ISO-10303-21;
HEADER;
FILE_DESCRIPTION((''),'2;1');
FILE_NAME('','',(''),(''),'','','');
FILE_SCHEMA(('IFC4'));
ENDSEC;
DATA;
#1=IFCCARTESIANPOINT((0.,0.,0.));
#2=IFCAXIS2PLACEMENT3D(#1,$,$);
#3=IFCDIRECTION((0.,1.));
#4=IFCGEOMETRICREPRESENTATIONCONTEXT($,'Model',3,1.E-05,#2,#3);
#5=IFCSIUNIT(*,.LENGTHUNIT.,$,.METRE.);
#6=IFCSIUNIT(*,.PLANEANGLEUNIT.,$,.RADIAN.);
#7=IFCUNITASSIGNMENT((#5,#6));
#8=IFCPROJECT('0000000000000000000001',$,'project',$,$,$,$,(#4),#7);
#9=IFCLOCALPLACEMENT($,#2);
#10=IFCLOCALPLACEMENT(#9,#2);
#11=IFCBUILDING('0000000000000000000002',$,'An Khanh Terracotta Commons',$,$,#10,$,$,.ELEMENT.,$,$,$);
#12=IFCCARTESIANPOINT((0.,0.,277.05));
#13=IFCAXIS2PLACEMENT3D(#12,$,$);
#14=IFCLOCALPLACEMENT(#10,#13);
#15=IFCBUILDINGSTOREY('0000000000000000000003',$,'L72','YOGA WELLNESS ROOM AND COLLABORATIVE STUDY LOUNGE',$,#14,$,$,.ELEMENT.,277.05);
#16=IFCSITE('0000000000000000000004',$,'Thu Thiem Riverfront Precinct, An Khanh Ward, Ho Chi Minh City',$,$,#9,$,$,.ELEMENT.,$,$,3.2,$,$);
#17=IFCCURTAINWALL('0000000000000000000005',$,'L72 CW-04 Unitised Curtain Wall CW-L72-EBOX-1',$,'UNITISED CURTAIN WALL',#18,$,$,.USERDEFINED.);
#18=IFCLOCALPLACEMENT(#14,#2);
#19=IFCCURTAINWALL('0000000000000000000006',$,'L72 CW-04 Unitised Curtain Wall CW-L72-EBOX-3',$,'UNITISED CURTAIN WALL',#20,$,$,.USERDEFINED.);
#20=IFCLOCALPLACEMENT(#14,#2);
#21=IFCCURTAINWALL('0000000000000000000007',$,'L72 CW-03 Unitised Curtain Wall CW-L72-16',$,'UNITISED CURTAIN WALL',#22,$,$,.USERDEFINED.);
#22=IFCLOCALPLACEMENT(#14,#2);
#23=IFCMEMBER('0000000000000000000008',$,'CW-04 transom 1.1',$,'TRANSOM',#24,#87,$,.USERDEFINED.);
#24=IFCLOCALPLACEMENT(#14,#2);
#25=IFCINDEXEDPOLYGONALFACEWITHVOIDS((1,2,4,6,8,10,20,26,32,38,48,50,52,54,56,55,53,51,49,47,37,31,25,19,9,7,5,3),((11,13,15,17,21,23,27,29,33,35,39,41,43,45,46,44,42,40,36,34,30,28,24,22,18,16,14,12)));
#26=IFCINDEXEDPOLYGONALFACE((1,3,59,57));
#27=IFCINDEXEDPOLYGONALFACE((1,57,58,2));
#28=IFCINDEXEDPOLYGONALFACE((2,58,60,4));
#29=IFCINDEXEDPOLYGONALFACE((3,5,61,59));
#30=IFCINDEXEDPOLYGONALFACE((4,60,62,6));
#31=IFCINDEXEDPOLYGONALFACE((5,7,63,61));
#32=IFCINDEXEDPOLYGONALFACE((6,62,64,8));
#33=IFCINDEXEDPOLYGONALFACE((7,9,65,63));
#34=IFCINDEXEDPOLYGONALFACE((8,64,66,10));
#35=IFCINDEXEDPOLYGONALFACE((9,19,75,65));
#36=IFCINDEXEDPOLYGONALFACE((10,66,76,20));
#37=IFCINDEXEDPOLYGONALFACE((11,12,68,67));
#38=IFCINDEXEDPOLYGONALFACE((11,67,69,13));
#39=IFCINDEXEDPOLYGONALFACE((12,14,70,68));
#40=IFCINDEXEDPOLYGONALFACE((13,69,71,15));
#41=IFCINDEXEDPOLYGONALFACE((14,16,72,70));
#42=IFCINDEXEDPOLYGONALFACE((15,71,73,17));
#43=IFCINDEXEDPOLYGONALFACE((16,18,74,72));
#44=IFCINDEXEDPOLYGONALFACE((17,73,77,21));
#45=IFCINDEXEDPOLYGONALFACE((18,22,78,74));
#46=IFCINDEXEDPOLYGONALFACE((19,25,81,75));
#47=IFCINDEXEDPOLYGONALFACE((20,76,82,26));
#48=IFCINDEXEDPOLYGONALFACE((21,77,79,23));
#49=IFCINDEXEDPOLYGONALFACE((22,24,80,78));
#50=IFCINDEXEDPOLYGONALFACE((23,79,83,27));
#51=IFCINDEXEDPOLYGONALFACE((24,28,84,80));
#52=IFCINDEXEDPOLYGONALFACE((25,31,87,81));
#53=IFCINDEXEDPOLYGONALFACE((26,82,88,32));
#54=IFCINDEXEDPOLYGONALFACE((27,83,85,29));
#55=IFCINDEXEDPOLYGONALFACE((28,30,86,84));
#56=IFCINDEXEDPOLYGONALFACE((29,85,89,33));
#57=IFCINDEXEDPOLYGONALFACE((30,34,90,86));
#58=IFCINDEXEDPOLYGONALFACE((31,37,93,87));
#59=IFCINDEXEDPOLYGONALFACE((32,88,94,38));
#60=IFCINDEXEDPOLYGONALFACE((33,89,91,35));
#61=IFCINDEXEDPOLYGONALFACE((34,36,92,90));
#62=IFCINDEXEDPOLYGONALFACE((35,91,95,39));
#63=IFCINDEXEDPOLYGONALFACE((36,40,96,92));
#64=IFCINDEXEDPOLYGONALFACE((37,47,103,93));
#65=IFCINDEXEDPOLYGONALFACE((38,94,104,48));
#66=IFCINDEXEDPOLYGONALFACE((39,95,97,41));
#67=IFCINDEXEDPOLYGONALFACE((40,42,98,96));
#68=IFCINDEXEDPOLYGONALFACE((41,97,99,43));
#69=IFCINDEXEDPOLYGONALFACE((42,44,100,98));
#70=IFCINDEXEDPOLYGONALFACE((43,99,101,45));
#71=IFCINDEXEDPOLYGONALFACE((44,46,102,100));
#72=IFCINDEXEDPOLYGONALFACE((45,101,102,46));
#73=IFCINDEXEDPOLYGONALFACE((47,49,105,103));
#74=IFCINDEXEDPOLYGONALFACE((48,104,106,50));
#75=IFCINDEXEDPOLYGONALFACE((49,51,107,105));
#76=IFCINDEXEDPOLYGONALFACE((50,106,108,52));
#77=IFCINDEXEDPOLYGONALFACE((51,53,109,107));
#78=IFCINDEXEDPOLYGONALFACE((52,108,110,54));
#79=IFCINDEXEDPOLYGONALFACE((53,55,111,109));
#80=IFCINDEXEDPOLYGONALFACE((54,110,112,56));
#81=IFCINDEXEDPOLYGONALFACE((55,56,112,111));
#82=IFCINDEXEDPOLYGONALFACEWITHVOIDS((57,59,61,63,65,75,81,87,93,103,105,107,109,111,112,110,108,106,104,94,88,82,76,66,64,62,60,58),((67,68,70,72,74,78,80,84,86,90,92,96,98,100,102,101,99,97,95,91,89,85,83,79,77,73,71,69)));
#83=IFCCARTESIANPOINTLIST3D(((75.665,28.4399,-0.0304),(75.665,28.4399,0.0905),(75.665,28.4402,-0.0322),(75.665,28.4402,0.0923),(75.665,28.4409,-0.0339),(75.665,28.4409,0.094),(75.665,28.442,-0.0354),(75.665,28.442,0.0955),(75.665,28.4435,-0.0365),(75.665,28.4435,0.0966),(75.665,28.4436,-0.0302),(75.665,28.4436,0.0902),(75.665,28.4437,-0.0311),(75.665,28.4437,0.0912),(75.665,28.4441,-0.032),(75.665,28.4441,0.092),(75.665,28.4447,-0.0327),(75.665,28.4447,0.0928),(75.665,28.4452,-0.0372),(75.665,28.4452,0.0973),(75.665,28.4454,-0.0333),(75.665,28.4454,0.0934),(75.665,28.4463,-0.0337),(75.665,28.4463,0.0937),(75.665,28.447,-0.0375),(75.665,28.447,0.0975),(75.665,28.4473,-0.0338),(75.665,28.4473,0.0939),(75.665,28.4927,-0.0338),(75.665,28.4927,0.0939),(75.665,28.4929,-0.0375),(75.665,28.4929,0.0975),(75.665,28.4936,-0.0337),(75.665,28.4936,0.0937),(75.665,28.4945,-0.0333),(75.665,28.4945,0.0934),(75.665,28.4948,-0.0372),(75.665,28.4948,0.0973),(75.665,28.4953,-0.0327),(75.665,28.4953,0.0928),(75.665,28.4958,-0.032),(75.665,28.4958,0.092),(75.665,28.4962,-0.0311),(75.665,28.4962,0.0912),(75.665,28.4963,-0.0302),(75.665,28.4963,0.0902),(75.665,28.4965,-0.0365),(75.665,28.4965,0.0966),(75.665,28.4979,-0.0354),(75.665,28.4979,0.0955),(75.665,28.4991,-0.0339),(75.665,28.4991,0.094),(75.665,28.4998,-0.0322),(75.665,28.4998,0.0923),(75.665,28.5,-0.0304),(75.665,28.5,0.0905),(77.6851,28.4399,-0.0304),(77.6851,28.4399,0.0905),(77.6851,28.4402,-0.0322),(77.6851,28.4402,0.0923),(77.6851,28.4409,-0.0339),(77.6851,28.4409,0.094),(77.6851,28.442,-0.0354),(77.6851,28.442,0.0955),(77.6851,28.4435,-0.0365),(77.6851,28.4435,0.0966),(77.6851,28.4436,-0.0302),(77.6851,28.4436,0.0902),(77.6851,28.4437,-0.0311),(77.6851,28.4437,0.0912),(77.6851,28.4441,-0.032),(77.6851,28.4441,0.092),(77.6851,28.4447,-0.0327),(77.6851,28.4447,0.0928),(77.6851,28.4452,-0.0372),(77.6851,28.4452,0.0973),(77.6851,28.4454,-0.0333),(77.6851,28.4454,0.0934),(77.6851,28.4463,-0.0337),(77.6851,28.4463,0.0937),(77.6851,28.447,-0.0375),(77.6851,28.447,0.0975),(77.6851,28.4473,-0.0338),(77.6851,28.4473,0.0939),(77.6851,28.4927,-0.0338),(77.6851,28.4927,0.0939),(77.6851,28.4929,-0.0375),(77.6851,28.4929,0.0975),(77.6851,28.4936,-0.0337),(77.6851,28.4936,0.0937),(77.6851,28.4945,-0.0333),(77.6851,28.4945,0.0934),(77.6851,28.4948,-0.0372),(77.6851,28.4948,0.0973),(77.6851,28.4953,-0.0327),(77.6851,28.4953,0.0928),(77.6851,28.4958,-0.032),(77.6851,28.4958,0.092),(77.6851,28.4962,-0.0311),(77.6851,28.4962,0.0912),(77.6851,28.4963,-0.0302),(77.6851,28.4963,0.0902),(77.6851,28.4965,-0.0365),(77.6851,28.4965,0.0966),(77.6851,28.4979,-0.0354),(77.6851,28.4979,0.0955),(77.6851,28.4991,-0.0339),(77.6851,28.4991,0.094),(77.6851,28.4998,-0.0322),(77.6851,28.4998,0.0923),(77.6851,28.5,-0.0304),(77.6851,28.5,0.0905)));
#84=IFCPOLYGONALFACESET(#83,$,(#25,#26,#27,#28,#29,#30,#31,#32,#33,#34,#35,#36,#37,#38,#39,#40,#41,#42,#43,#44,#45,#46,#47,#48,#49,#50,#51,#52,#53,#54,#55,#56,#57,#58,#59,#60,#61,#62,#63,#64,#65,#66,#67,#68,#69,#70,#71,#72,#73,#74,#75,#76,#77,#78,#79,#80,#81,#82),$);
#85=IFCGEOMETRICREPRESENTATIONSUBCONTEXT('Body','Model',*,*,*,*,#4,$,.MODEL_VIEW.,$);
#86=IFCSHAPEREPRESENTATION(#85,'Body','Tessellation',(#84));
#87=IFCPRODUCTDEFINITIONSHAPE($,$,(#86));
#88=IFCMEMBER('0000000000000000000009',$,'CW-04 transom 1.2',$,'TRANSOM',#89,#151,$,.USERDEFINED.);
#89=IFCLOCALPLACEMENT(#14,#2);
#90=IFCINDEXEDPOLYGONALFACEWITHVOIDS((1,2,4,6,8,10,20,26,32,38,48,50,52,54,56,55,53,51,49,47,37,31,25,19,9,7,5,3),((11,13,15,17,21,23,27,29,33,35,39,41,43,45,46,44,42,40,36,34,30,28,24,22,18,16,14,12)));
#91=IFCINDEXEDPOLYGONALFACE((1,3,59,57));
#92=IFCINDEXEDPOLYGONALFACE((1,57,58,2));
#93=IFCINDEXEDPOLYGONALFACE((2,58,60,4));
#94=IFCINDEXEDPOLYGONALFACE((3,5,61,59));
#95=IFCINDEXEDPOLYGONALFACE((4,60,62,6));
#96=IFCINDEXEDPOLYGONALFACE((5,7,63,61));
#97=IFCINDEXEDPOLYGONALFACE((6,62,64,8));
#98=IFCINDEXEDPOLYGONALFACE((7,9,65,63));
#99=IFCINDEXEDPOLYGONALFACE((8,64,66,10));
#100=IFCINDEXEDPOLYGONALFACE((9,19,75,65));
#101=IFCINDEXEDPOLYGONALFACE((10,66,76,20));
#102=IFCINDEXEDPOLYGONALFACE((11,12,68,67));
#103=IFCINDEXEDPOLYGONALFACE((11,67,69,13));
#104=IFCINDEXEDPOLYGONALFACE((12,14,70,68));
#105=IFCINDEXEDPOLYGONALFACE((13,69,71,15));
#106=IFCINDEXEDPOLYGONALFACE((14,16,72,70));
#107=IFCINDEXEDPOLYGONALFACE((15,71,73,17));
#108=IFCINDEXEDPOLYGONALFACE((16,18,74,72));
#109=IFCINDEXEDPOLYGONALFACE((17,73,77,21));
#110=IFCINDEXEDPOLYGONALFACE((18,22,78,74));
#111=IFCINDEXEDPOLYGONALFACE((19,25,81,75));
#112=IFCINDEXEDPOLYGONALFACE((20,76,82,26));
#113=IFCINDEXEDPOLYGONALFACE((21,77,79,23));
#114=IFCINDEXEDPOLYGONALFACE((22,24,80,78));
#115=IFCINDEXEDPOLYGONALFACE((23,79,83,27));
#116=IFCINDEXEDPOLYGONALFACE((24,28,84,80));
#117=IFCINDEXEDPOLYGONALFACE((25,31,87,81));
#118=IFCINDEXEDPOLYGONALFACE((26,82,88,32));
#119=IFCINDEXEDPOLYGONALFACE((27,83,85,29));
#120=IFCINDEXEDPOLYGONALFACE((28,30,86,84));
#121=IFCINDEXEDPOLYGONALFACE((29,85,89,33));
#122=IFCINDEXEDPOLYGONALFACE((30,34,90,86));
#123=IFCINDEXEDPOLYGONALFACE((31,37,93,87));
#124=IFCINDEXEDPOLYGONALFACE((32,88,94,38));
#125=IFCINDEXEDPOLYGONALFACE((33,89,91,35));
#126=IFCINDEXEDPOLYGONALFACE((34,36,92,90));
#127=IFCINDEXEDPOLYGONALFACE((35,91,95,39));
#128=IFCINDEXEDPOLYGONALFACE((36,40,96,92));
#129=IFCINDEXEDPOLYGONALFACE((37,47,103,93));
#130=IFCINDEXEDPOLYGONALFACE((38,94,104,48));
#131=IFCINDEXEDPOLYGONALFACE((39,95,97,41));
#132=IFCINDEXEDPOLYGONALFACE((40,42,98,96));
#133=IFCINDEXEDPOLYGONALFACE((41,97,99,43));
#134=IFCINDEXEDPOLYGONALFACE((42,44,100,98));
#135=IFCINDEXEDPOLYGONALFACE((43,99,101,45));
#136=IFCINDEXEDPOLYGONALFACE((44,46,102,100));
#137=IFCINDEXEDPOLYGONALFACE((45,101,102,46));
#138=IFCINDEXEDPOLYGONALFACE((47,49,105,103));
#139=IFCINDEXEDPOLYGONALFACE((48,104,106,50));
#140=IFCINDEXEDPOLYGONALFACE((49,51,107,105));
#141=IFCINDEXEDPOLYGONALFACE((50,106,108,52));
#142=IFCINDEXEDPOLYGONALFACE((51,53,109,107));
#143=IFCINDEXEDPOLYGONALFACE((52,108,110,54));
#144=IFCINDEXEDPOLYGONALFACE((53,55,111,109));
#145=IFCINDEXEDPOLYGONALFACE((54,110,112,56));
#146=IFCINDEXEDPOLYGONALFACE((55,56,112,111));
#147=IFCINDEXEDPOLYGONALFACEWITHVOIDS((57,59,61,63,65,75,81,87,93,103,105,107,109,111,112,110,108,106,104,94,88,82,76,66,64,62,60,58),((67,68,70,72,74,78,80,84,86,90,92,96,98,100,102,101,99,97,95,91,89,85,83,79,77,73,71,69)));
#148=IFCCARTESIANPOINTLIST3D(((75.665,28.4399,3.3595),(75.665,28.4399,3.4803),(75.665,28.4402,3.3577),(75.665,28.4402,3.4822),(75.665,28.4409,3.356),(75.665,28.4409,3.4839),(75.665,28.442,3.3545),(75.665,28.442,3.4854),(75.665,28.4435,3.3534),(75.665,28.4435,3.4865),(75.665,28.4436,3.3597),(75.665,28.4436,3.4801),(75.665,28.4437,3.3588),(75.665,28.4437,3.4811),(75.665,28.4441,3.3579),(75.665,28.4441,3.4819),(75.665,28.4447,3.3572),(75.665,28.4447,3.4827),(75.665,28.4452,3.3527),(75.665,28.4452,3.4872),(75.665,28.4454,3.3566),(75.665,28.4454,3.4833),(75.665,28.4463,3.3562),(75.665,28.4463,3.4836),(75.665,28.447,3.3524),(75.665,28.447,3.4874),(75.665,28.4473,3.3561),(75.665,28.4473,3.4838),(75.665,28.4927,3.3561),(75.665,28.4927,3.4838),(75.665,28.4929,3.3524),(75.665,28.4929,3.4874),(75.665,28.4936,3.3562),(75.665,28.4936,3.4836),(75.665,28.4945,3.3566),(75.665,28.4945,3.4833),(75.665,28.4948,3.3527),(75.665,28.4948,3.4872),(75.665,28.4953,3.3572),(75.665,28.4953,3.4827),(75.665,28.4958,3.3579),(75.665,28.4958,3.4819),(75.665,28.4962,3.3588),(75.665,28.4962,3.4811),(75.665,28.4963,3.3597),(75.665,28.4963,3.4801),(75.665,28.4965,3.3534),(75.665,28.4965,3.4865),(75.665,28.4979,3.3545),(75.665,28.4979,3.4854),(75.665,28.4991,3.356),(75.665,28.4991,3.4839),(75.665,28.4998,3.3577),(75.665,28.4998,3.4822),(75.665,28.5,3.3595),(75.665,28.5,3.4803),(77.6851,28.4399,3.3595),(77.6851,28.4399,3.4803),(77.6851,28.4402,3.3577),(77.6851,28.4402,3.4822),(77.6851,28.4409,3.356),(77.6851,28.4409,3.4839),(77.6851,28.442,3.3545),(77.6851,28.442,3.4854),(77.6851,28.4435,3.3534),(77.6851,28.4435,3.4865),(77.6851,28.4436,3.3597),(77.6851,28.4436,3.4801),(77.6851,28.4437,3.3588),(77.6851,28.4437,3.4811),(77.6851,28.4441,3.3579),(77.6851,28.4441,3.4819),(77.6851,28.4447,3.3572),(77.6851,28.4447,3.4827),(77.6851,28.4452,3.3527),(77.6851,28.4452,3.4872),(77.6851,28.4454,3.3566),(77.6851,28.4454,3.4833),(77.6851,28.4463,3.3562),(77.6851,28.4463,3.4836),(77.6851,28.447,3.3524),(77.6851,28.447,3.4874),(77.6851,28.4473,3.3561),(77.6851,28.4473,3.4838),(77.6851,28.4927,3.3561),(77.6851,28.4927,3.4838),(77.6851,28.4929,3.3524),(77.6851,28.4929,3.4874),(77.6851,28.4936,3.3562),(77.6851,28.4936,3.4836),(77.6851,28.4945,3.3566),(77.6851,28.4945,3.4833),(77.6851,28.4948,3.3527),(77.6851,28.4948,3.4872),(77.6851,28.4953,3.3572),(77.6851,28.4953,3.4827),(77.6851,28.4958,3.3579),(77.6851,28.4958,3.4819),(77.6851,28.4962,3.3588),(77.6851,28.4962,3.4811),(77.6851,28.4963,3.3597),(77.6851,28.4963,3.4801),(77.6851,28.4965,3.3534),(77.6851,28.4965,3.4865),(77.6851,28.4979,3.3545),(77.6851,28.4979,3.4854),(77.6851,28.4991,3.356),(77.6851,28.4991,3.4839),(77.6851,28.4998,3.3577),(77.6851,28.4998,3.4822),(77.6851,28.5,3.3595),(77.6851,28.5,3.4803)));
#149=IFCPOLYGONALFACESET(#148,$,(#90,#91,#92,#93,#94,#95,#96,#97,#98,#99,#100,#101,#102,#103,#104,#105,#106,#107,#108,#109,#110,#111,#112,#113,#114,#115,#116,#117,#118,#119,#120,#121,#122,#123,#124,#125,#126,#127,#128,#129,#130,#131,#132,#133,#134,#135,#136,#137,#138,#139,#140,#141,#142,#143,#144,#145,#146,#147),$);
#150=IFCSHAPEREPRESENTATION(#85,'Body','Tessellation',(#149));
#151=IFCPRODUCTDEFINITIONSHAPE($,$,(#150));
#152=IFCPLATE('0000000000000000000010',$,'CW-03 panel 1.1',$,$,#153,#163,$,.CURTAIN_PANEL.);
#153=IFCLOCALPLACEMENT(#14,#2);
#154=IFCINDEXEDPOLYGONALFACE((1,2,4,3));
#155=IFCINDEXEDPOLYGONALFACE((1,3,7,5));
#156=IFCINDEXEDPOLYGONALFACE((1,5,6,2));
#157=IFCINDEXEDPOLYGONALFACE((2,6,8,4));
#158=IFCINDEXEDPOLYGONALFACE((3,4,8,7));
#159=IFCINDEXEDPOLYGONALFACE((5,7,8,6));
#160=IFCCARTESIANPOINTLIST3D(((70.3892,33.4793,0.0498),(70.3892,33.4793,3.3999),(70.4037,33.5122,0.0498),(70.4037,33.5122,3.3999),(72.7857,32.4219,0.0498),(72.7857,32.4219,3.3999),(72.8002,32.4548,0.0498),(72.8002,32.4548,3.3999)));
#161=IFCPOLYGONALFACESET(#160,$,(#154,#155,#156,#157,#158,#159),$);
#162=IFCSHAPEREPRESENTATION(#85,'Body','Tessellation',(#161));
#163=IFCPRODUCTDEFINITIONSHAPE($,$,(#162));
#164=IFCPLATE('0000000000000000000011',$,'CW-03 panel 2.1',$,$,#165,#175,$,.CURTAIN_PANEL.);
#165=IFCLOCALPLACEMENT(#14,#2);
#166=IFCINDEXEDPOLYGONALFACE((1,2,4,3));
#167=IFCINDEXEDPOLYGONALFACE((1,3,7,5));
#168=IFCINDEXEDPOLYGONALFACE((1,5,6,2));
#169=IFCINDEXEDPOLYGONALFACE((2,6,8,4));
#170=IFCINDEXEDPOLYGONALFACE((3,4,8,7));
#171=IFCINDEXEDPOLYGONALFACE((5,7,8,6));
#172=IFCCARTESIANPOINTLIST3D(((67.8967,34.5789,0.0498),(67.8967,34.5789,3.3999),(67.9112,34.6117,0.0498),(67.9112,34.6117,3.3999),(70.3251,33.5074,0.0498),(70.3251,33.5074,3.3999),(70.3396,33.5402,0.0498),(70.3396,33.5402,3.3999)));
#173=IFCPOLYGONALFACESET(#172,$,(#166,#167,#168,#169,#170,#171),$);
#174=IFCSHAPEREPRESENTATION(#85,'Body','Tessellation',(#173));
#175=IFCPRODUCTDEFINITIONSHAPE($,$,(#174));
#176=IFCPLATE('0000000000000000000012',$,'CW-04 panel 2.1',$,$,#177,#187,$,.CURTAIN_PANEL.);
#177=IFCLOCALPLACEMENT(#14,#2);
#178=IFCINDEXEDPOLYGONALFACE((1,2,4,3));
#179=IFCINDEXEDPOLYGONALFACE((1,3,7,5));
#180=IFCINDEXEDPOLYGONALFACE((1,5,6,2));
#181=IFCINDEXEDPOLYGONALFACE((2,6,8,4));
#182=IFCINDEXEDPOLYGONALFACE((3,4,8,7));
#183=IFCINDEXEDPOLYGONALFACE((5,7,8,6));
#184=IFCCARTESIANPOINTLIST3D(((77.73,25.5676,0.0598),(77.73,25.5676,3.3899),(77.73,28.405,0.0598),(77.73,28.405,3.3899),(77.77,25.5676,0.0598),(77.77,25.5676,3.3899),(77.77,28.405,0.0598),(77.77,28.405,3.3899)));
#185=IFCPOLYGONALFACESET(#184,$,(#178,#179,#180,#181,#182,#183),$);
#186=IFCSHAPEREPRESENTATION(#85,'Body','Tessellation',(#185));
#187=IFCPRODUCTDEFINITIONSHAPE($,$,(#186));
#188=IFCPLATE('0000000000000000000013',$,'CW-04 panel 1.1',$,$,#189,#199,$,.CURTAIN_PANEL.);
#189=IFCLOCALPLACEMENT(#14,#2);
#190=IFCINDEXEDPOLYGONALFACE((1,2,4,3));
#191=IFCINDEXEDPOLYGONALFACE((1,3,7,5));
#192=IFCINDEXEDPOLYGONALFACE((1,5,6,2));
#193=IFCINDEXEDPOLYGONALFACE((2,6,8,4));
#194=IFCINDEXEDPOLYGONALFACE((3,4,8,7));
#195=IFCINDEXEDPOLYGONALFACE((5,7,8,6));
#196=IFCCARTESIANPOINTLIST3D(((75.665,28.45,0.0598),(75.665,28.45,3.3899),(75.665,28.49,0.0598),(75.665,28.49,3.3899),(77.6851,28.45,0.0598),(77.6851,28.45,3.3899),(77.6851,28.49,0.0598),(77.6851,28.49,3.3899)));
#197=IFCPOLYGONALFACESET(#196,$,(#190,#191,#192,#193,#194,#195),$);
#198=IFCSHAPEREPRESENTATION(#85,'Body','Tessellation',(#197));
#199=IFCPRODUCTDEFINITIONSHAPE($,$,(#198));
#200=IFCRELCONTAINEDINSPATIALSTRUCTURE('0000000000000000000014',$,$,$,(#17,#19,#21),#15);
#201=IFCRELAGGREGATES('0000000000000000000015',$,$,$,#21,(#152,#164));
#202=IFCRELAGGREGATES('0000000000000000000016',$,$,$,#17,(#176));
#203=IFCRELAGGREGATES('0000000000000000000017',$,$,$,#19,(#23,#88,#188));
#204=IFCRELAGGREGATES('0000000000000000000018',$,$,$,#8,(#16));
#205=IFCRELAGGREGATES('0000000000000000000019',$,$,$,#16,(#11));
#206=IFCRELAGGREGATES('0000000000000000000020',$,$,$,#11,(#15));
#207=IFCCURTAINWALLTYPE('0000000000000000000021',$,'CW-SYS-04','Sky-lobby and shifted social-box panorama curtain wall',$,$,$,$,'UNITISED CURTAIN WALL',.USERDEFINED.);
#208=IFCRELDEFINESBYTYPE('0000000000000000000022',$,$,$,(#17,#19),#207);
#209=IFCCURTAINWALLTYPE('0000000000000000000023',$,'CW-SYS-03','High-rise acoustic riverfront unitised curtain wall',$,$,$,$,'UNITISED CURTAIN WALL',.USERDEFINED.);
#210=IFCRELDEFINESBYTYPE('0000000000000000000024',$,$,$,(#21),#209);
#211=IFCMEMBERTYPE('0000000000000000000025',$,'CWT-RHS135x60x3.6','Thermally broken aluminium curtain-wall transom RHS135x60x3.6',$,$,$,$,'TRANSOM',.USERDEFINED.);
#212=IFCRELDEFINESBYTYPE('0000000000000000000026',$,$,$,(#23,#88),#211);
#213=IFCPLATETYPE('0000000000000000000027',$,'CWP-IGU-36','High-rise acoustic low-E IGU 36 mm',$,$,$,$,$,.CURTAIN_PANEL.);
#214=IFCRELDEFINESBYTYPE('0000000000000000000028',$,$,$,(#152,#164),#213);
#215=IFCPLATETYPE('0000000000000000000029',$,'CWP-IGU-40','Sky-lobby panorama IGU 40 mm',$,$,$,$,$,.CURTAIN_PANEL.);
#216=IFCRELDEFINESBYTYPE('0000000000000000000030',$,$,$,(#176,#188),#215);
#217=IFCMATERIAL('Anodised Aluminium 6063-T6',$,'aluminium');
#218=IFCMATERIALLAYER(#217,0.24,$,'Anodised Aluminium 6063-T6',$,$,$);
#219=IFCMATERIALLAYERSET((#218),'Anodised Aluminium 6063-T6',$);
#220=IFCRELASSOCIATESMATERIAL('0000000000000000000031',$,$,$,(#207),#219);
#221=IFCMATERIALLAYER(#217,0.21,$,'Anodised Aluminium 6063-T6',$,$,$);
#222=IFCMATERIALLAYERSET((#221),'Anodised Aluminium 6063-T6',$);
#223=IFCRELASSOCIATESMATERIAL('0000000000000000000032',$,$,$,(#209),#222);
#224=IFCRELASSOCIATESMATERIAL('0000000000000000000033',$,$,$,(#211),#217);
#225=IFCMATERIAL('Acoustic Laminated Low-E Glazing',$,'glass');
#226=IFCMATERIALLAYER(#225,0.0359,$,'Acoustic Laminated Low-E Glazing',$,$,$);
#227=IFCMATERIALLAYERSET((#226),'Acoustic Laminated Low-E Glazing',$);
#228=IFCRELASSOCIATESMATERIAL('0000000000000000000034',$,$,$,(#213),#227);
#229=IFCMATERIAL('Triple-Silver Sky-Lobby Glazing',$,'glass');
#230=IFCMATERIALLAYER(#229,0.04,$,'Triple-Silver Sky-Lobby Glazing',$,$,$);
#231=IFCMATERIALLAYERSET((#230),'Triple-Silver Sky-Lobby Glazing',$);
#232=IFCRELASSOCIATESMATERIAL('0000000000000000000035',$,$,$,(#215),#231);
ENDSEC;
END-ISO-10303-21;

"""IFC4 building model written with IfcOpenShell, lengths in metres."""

from ifc_helpers import new_model, si_unit, direction, frame, origin, origin_2d, place, context, subcontext, project, spatial, rectangle, hollow_rectangle, extrude, material, layer, layer_set, material_profile, profile_set, type_object, element, aggregate, save


model = new_model("IFC4")

# Units and contexts
model_context = context("Model", 3, precision=1e-05, world=origin(), true_north=direction((0.0, 1.0)))
body_context = subcontext(model_context, "Body", "Model", "MODEL_VIEW")
ifc_project = project(units=[si_unit("LENGTHUNIT", "METRE"), si_unit("PLANEANGLEUNIT", "RADIAN")], contexts=[model_context])

# Site, building, storey
site_placement = place(None, origin())
site = spatial("IfcSite", under=ifc_project, at=site_placement, Name="Thu Thiem Riverfront Precinct, An Khanh Ward, Ho Chi Minh City", CompositionType="ELEMENT", RefElevation=3.2)
building_placement = place(site_placement, origin())
building = spatial("IfcBuilding", under=site, at=building_placement, Name="An Khanh Terracotta Commons", CompositionType="ELEMENT")
storey_placement = place(building_placement, frame((0.0, 0.0, 277.05)))
storey = spatial("IfcBuildingStorey", under=building, at=storey_placement, Name="L72", Description="YOGA WELLNESS ROOM AND COLLABORATIVE STUDY LOUNGE", CompositionType="ELEMENT", Elevation=277.05)

# Curtain walls
ifc_material_1 = material(Name="Anodised Aluminium 6063-T6", Category="aluminium")
ifc_layer_1 = layer(ifc_material_1, 0.24, Name="Anodised Aluminium 6063-T6")
ifc_layer_set_1 = layer_set([ifc_layer_1], Name="Anodised Aluminium 6063-T6")
curtain_wall_type_1 = type_object("IfcCurtainWallType", Name="CW-SYS-04", Description="Sky-lobby and shifted social-box panorama curtain wall", ElementType="UNITISED CURTAIN WALL", PredefinedType="USERDEFINED", material=ifc_layer_set_1)
curtain_wall_1_placement = place(storey_placement, origin())
curtain_wall_1 = element("IfcCurtainWall", 1, at=curtain_wall_1_placement, inside=storey, type_object=curtain_wall_type_1, Name="L72 CW-04 Unitised Curtain Wall CW-L72-EBOX-1", ObjectType="UNITISED CURTAIN WALL", PredefinedType="USERDEFINED")
curtain_wall_2_placement = place(storey_placement, origin())
curtain_wall_2 = element("IfcCurtainWall", 2, at=curtain_wall_2_placement, inside=storey, type_object=curtain_wall_type_1, Name="L72 CW-04 Unitised Curtain Wall CW-L72-EBOX-3", ObjectType="UNITISED CURTAIN WALL", PredefinedType="USERDEFINED")
ifc_layer_2 = layer(ifc_material_1, 0.21, Name="Anodised Aluminium 6063-T6")
ifc_layer_set_2 = layer_set([ifc_layer_2], Name="Anodised Aluminium 6063-T6")
curtain_wall_type_2 = type_object("IfcCurtainWallType", Name="CW-SYS-03", Description="High-rise acoustic riverfront unitised curtain wall", ElementType="UNITISED CURTAIN WALL", PredefinedType="USERDEFINED", material=ifc_layer_set_2)
curtain_wall_3_placement = place(storey_placement, origin())
curtain_wall_3 = element("IfcCurtainWall", 3, at=curtain_wall_3_placement, inside=storey, type_object=curtain_wall_type_2, Name="L72 CW-03 Unitised Curtain Wall CW-L72-16", ObjectType="UNITISED CURTAIN WALL", PredefinedType="USERDEFINED")

# Members
ifc_material_profile_1 = material_profile(ifc_material_1, hollow_rectangle(XDim=0.0601, YDim=0.135, WallThickness=0.0037, InnerFilletRadius=0.0037, OuterFilletRadius=0.0071, at=origin_2d()), Name="RHS135x60x3.6")
ifc_profile_set_1 = profile_set([ifc_material_profile_1], Name="Anodised Aluminium 6063-T6")
member_type_1 = type_object("IfcMemberType", Name="CWT-RHS135x60x3.6", Description="Thermally broken aluminium curtain-wall transom RHS135x60x3.6", ElementType="TRANSOM", PredefinedType="USERDEFINED", material=ifc_profile_set_1)
member_1_placement = place(storey_placement, frame((77.6851, 28.47, 0.03), z_axis=(-1.0, 0.0, 0.0), x_axis=(0.0, -1.0, 0.0)))
member_1 = element("IfcMember", 4, at=member_1_placement, type_object=member_type_1, Name="CW-04 transom 1.1", ObjectType="TRANSOM", PredefinedType="USERDEFINED", context=body_context, shape_type="SweptSolid", body=[
    extrude(hollow_rectangle(XDim=0.0601, YDim=0.135, WallThickness=0.0037, InnerFilletRadius=0.0037, OuterFilletRadius=0.0071, at=origin_2d()), origin(), (0.0, 0.0, 1.0), 2.02),
])
member_2_placement = place(storey_placement, frame((77.6851, 28.47, 3.4199), z_axis=(-1.0, 0.0, 0.0), x_axis=(0.0, -1.0, 0.0)))
member_2 = element("IfcMember", 5, at=member_2_placement, type_object=member_type_1, Name="CW-04 transom 1.2", ObjectType="TRANSOM", PredefinedType="USERDEFINED", context=body_context, shape_type="SweptSolid", body=[
    extrude(hollow_rectangle(XDim=0.0601, YDim=0.135, WallThickness=0.0037, InnerFilletRadius=0.0037, OuterFilletRadius=0.0071, at=origin_2d()), origin(), (0.0, 0.0, 1.0), 2.02),
])

# Plates
ifc_material_2 = material(Name="Acoustic Laminated Low-E Glazing", Category="glass")
ifc_layer_3 = layer(ifc_material_2, 0.0359, Name="Acoustic Laminated Low-E Glazing")
ifc_layer_set_3 = layer_set([ifc_layer_3], Name="Acoustic Laminated Low-E Glazing")
plate_type_1 = type_object("IfcPlateType", Name="CWP-IGU-36", Description="High-rise acoustic low-E IGU 36 mm", PredefinedType="CURTAIN_PANEL", material=ifc_layer_set_3)
plate_1_placement = place(storey_placement, frame((71.5947, 32.967, 0.0498), z_axis=(0.0, 0.0, 1.0), x_axis=(-0.914902, 0.403676, 0.0)))
plate_1 = element("IfcPlate", 6, at=plate_1_placement, type_object=plate_type_1, Name="CW-03 panel 1.1", PredefinedType="CURTAIN_PANEL", context=body_context, shape_type="SweptSolid", body=[
    extrude(rectangle(XDim=2.6194, YDim=0.0359, at=origin_2d()), origin(), (0.0, 0.0, 1.0), 3.3501),
])
plate_2_placement = place(storey_placement, frame((69.1182, 34.0596, 0.0498), z_axis=(0.0, 0.0, 1.0), x_axis=(-0.914902, 0.403676, 0.0)))
plate_2 = element("IfcPlate", 7, at=plate_2_placement, type_object=plate_type_1, Name="CW-03 panel 2.1", PredefinedType="CURTAIN_PANEL", context=body_context, shape_type="SweptSolid", body=[
    extrude(rectangle(XDim=2.6543, YDim=0.0359, at=origin_2d()), origin(), (0.0, 0.0, 1.0), 3.3501),
])
aggregate(curtain_wall_3, [plate_1, plate_2])
ifc_material_3 = material(Name="Triple-Silver Sky-Lobby Glazing", Category="glass")
ifc_layer_4 = layer(ifc_material_3, 0.04, Name="Triple-Silver Sky-Lobby Glazing")
ifc_layer_set_4 = layer_set([ifc_layer_4], Name="Triple-Silver Sky-Lobby Glazing")
plate_type_2 = type_object("IfcPlateType", Name="CWP-IGU-40", Description="Sky-lobby panorama IGU 40 mm", PredefinedType="CURTAIN_PANEL", material=ifc_layer_set_4)
plate_3_placement = place(storey_placement, frame((77.75, 26.9863, 0.0598), z_axis=(0.0, 0.0, 1.0), x_axis=(0.0, 1.0, 0.0)))
plate_3 = element("IfcPlate", 8, at=plate_3_placement, type_object=plate_type_2, Name="CW-04 panel 2.1", PredefinedType="CURTAIN_PANEL", context=body_context, shape_type="SweptSolid", body=[
    extrude(rectangle(XDim=2.8374, YDim=0.04, at=origin_2d()), origin(), (0.0, 0.0, 1.0), 3.3301),
])
aggregate(curtain_wall_1, [plate_3])
plate_4_placement = place(storey_placement, frame((76.675, 28.47, 0.0598), z_axis=(0.0, 0.0, 1.0), x_axis=(-1.0, 0.0, 0.0)))
plate_4 = element("IfcPlate", 9, at=plate_4_placement, type_object=plate_type_2, Name="CW-04 panel 1.1", PredefinedType="CURTAIN_PANEL", context=body_context, shape_type="SweptSolid", body=[
    extrude(rectangle(XDim=2.02, YDim=0.04, at=origin_2d()), origin(), (0.0, 0.0, 1.0), 3.3301),
])
aggregate(curtain_wall_2, [member_1, member_2, plate_4])

save(model, "model.ifc")
